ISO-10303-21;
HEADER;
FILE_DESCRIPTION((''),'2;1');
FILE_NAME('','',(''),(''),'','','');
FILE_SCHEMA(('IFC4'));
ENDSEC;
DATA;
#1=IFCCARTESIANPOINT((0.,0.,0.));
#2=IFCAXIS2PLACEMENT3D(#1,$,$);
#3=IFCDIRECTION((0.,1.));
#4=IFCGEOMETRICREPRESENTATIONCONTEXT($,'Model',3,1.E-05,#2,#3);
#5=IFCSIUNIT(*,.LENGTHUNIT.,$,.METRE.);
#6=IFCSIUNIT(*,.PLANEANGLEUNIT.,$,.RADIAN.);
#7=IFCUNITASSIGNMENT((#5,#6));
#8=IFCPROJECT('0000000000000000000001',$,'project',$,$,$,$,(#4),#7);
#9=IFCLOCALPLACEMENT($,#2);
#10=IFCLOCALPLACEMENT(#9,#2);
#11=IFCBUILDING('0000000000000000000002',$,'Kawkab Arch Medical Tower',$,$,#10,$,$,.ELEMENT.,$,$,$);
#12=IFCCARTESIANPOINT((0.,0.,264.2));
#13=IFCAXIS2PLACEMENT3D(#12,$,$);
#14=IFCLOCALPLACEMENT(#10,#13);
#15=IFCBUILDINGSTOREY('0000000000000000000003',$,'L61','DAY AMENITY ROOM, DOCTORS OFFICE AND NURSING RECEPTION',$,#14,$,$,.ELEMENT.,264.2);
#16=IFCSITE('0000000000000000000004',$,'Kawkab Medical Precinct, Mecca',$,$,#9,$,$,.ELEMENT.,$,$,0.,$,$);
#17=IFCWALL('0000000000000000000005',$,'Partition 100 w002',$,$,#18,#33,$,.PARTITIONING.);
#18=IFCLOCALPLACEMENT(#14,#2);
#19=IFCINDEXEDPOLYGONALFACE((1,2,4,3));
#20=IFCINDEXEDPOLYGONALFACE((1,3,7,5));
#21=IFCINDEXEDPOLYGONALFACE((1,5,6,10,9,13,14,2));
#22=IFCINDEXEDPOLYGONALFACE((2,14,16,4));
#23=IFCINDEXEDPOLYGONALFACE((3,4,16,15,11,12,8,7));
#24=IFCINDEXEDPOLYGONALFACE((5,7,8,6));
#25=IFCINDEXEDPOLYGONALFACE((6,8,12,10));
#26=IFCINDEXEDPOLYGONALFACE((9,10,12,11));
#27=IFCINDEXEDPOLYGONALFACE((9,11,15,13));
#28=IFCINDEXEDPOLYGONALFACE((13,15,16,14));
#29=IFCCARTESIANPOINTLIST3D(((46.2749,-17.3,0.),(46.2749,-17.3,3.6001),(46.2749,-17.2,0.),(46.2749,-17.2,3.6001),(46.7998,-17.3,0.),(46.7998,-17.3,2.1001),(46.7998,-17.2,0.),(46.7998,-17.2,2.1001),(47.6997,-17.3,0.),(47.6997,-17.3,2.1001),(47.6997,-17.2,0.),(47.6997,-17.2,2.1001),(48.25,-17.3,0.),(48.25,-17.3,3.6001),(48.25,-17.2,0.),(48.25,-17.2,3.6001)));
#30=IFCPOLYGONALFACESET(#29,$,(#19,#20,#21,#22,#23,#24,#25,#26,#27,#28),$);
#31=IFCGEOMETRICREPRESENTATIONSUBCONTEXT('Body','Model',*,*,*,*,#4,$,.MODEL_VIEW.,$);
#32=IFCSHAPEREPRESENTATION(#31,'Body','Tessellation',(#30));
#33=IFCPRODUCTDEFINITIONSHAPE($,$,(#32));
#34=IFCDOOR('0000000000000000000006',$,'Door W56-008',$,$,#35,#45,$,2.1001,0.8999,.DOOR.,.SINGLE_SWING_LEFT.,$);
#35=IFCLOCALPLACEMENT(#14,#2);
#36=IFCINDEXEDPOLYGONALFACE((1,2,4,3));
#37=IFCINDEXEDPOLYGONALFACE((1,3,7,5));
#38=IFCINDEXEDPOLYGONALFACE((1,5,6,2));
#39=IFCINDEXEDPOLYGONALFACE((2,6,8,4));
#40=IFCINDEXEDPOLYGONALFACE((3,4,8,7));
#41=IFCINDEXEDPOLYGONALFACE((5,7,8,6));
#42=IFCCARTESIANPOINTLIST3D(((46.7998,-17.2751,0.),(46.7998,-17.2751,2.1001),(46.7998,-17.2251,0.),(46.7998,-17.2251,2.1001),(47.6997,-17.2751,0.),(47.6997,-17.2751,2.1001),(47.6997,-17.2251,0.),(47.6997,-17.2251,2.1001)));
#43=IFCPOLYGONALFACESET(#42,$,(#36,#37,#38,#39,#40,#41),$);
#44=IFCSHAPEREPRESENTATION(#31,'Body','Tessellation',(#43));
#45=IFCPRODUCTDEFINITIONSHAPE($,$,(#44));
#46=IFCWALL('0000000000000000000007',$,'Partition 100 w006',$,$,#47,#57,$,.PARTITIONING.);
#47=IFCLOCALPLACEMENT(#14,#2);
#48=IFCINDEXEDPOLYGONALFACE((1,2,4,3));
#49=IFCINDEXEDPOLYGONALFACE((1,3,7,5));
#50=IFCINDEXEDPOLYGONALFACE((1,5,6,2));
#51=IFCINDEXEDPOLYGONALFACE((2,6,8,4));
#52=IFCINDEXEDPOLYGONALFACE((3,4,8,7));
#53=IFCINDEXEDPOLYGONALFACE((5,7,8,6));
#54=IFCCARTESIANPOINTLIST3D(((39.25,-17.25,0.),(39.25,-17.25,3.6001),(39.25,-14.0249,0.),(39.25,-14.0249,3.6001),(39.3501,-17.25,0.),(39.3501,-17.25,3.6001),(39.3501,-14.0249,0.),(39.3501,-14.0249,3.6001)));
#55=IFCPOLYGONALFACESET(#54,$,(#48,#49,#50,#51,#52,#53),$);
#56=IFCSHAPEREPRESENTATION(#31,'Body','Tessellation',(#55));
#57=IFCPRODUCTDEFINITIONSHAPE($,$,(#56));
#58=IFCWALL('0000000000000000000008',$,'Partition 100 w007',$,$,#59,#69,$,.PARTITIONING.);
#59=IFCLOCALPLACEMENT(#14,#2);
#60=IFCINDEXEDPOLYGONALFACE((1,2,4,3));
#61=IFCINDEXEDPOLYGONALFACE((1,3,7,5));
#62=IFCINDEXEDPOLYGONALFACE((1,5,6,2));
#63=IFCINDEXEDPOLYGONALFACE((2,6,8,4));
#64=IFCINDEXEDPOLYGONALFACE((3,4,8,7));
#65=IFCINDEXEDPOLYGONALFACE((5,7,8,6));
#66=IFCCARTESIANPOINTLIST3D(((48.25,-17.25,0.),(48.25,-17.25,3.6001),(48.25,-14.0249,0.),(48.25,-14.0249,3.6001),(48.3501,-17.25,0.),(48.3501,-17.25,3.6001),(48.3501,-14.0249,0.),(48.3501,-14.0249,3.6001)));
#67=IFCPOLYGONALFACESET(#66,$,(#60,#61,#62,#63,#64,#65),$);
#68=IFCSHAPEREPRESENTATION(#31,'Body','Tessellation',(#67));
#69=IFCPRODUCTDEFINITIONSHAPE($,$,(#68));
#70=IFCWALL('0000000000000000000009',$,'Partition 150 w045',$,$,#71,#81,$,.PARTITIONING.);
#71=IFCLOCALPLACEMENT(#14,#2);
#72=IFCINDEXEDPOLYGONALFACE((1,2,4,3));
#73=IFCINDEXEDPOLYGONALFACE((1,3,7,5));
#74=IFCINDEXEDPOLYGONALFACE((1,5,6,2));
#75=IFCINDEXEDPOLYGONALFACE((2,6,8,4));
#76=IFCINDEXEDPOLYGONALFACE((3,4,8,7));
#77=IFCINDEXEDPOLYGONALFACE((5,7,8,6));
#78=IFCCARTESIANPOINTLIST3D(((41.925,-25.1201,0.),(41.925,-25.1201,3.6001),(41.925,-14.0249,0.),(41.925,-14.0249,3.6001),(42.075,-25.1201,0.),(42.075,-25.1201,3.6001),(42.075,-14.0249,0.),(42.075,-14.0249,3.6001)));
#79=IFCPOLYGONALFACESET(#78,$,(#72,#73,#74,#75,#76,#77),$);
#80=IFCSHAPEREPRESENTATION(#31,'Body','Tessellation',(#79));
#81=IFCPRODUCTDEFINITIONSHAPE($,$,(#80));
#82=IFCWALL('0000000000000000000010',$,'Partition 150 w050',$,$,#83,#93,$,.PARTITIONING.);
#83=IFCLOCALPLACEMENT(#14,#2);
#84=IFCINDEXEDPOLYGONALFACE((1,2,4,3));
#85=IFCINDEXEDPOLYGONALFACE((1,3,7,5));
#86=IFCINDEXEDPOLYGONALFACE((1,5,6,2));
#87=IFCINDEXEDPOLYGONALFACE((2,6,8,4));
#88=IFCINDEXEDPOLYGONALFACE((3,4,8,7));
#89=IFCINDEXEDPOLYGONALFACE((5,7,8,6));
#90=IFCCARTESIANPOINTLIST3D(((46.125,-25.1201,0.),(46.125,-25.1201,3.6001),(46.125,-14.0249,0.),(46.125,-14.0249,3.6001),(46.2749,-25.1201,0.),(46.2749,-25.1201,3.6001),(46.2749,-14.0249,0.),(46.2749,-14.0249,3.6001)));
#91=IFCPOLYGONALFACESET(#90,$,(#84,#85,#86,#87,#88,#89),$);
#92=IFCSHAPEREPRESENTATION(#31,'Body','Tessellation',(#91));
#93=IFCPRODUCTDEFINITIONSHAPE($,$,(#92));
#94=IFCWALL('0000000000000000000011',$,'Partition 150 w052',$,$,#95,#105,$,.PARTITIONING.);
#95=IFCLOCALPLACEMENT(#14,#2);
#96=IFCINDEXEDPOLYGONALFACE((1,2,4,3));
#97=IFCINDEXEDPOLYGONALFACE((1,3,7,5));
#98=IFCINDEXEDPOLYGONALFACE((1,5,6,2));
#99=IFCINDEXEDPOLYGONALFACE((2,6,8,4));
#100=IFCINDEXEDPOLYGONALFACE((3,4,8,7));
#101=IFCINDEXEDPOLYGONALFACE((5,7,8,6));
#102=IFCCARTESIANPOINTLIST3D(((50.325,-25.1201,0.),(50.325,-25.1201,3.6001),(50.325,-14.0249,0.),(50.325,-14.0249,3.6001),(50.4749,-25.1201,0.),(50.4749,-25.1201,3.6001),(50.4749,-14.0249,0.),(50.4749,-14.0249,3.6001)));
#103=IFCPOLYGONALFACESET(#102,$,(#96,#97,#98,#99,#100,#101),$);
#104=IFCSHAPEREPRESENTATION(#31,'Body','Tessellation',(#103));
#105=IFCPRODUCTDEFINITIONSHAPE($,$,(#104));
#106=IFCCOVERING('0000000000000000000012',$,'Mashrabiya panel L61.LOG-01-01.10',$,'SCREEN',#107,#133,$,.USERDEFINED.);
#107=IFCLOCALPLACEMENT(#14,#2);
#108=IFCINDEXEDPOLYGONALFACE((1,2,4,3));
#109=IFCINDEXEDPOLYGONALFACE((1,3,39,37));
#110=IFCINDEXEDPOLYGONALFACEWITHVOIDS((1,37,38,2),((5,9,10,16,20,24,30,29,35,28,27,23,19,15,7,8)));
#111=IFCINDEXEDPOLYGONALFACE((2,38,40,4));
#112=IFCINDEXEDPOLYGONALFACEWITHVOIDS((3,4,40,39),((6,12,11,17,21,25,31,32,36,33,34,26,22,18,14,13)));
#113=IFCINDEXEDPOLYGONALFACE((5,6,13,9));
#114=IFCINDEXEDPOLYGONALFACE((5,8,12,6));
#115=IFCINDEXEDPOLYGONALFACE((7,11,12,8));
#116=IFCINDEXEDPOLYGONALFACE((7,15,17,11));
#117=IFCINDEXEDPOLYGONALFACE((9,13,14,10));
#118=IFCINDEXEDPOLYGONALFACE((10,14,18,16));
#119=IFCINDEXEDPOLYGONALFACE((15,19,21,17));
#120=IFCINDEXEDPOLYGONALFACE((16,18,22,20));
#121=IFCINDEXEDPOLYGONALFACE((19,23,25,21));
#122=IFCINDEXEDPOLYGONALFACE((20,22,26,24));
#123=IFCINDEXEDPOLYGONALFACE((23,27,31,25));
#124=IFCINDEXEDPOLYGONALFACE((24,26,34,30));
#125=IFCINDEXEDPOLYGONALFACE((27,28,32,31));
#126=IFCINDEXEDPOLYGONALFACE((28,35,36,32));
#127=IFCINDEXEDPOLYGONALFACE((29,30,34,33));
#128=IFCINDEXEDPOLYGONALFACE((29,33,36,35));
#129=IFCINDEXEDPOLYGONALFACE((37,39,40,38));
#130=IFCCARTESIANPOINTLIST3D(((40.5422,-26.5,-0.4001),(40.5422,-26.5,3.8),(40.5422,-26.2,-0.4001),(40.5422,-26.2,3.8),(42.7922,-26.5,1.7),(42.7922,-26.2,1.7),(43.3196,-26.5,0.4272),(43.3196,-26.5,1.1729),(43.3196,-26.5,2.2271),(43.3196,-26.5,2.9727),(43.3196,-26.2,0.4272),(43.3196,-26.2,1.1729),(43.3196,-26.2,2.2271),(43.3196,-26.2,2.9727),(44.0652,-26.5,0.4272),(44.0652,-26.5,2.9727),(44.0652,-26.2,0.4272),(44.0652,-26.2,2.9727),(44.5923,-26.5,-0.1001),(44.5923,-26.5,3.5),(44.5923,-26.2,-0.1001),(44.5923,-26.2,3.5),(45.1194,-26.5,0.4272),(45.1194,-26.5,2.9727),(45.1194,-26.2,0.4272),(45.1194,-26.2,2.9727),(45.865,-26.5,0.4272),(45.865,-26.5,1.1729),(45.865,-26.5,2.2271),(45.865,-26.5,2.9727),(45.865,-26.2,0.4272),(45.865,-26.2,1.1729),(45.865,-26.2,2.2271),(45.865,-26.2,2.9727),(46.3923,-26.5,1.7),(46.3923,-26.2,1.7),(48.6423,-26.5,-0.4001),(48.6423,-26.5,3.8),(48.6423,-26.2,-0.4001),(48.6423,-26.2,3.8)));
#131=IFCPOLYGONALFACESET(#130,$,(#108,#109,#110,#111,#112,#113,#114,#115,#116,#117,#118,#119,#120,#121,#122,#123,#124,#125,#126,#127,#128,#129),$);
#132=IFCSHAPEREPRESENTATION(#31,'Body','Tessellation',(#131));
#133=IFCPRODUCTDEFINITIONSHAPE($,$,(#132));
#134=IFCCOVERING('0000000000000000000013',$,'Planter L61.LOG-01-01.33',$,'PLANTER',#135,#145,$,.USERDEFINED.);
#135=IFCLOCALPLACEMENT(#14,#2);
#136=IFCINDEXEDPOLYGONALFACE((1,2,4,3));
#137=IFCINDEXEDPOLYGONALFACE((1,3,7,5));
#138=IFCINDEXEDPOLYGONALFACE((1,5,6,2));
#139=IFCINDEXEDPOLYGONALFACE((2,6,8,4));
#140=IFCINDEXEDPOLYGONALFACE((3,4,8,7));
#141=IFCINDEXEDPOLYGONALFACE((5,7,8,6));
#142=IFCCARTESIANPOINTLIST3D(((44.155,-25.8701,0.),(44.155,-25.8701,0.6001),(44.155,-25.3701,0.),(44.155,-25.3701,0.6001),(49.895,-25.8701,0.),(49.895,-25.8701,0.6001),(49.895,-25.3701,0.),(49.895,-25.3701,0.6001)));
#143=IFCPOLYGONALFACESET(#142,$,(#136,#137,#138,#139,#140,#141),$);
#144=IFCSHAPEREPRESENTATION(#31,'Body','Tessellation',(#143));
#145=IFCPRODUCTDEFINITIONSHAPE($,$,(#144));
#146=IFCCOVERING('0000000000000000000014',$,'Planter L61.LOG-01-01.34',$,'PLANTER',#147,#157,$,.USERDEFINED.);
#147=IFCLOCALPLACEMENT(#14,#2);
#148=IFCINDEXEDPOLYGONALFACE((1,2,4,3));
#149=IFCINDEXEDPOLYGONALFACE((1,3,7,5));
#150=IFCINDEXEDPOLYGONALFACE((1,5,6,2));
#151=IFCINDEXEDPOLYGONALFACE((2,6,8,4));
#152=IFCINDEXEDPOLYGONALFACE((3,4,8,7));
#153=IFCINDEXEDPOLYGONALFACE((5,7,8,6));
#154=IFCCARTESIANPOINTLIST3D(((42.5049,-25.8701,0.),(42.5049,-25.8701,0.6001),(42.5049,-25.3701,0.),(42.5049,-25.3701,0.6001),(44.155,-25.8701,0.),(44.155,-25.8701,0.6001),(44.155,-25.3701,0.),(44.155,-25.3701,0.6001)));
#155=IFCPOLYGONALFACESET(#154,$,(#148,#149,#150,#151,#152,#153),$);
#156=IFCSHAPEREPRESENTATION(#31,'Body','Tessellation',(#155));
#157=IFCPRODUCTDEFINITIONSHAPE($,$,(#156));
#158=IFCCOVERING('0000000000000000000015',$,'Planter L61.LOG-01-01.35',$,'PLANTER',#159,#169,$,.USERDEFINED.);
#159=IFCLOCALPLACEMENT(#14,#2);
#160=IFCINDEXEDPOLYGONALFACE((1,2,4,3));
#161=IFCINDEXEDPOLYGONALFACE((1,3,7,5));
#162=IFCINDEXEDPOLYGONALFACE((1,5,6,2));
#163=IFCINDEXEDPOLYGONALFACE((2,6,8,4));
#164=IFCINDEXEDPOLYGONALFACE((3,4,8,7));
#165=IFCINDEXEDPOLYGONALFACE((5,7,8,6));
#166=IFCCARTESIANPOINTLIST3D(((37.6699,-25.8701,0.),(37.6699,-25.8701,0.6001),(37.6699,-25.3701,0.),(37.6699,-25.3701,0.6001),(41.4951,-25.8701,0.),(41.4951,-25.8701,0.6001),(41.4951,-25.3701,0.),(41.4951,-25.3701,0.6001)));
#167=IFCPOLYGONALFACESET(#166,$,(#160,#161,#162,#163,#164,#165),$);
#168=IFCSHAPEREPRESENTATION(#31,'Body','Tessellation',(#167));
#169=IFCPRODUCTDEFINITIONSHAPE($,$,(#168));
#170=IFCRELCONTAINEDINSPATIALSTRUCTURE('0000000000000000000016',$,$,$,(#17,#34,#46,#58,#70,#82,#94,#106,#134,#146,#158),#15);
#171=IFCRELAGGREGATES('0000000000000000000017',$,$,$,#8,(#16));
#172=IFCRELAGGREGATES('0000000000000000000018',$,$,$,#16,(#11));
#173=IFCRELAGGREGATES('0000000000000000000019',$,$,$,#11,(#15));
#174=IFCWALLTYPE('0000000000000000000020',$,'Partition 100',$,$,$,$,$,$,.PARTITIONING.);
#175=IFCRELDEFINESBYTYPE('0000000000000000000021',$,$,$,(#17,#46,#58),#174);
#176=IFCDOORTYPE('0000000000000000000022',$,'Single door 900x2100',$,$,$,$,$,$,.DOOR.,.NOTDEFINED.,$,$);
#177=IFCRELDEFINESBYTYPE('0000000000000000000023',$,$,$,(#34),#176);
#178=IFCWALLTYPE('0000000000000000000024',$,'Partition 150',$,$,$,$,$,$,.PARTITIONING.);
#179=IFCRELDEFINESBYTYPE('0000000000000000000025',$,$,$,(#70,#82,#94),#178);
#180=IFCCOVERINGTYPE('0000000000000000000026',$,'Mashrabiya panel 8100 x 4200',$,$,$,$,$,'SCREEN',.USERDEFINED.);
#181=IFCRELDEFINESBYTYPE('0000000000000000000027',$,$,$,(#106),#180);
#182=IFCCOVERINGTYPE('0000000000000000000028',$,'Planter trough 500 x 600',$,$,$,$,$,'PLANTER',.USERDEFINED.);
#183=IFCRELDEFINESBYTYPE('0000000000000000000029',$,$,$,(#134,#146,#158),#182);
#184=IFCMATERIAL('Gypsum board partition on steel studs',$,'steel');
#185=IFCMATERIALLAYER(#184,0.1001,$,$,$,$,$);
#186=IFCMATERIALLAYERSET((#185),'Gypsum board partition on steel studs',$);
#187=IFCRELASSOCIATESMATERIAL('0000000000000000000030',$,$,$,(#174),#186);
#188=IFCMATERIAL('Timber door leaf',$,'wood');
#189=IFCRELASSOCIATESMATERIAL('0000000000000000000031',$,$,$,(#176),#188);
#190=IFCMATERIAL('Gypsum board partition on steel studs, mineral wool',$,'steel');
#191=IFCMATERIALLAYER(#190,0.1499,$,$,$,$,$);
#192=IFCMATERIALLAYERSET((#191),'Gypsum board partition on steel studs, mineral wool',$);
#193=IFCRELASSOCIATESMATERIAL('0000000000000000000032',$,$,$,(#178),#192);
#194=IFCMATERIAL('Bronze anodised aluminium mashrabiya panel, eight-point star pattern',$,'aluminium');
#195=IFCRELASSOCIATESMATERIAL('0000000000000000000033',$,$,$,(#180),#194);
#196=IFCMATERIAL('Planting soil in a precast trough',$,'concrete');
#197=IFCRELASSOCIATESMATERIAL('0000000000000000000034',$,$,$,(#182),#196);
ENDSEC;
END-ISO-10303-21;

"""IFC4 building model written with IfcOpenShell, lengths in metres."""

from ifc_helpers import new_model, si_unit, direction, frame, frame_2d, origin, origin_2d, place, context, subcontext, project, spatial, polyline, rectangle, outline, extrude, material, layer, layer_set, material_profile, profile_set, type_object, element, fill, save


model = new_model("IFC4")

# Units and contexts
model_context = context("Model", 3, precision=1e-05, world=origin(), true_north=direction((0.0, 1.0)))
body_context = subcontext(model_context, "Body", "Model", "MODEL_VIEW")
ifc_project = project(units=[si_unit("LENGTHUNIT", "METRE"), si_unit("PLANEANGLEUNIT", "RADIAN")], contexts=[model_context])

# Site, building, storey
site_placement = place(None, origin())
site = spatial("IfcSite", under=ifc_project, at=site_placement, Name="Kawkab Medical Precinct, Mecca", CompositionType="ELEMENT", RefElevation=0.0)
building_placement = place(site_placement, origin())
building = spatial("IfcBuilding", under=site, at=building_placement, Name="Kawkab Arch Medical Tower", CompositionType="ELEMENT")
storey_placement = place(building_placement, frame((0.0, 0.0, 264.2)))
storey = spatial("IfcBuildingStorey", under=building, at=storey_placement, Name="L61", Description="DAY AMENITY ROOM, DOCTORS OFFICE AND NURSING RECEPTION", CompositionType="ELEMENT", Elevation=264.2)

# Wall, opening, door
ifc_material_1 = material(Name="Gypsum board partition on steel studs", Category="steel")
ifc_layer_1 = layer(ifc_material_1, 0.1001)
ifc_layer_set_1 = layer_set([ifc_layer_1], Name="Gypsum board partition on steel studs")
wall_type_1 = type_object("IfcWallType", Name="Partition 100", PredefinedType="PARTITIONING", material=ifc_layer_set_1)
wall_placement = place(storey_placement, frame((46.2749, -17.25, 0.0), z_axis=(0.0, 0.0, 1.0), x_axis=(1.0, 0.0, 0.0)))
wall = element("IfcWall", 1, at=wall_placement, inside=storey, type_object=wall_type_1, Name="Partition 100 w002", PredefinedType="PARTITIONING", context=body_context, shape_type="SweptSolid", body=[
    extrude(rectangle(XDim=1.9751, YDim=0.1001, at=frame_2d((0.9875, 0.0))), origin(), (0.0, 0.0, 1.0), 3.6001),
])
opening_placement = place(wall_placement, frame((0.5249, 0.0, 0.0)))
opening = element("IfcOpeningElement", 2, at=opening_placement, cuts=wall, PredefinedType="OPENING", context=body_context, shape_type="SweptSolid", body=[
    extrude(rectangle(XDim=0.8999, YDim=2.1001, at=frame_2d((0.45, 1.05))), frame((0.0, 0.0601, 0.0), z_axis=(0.0, -1.0, 0.0), x_axis=(1.0, 0.0, 0.0)), (0.0, 0.0, 1.0), 0.1201),
])
ifc_material_2 = material(Name="Timber door leaf", Category="wood")
door_type = type_object("IfcDoorType", Name="Single door 900x2100", OperationType="NOTDEFINED", PredefinedType="DOOR", material=ifc_material_2)
door_placement = place(opening_placement, origin())
door = element("IfcDoor", 3, at=door_placement, inside=storey, type_object=door_type, Name="Door W56-008", OperationType="SINGLE_SWING_LEFT", OverallHeight=2.1001, OverallWidth=0.8999, PredefinedType="DOOR", context=body_context, shape_type="SweptSolid", body=[
    extrude(rectangle(XDim=0.8999, YDim=2.1001, at=frame_2d((0.45, 1.05))), frame((0.0, 0.0249, 0.0), z_axis=(0.0, -1.0, 0.0), x_axis=(1.0, 0.0, 0.0)), (0.0, 0.0, 1.0), 0.05),
])
fill(opening, door)

# Walls
for number, where, z_axis, x_axis, name in (
    (4, (39.3, -17.25, 0.0), (0.0, 0.0, 1.0), (0.0, 1.0, 0.0), "Partition 100 w006"),
    (5, (48.3, -17.25, 0.0), (0.0, 0.0, 1.0), (0.0, 1.0, 0.0), "Partition 100 w007"),
):
    element("IfcWall", number, at=place(storey_placement, frame(where, z_axis=z_axis, x_axis=x_axis)), inside=storey, type_object=wall_type_1, Name=name, PredefinedType="PARTITIONING", context=body_context, shape_type="SweptSolid", body=[
        extrude(rectangle(XDim=3.2251, YDim=0.1001, at=frame_2d((1.6125, 0.0))), origin(), (0.0, 0.0, 1.0), 3.6001),
    ])
ifc_material_3 = material(Name="Gypsum board partition on steel studs, mineral wool", Category="steel")
ifc_layer_2 = layer(ifc_material_3, 0.1499)
ifc_layer_set_2 = layer_set([ifc_layer_2], Name="Gypsum board partition on steel studs, mineral wool")
wall_type_2 = type_object("IfcWallType", Name="Partition 150", PredefinedType="PARTITIONING", material=ifc_layer_set_2)
for number, where, z_axis, x_axis, name in (
    (6, (42.0, -25.1201, 0.0), (0.0, 0.0, 1.0), (0.0, 1.0, 0.0), "Partition 150 w045"),
    (7, (46.2, -25.1201, 0.0), (0.0, 0.0, 1.0), (0.0, 1.0, 0.0), "Partition 150 w050"),
    (8, (50.3999, -25.1201, 0.0), (0.0, 0.0, 1.0), (0.0, 1.0, 0.0), "Partition 150 w052"),
):
    element("IfcWall", number, at=place(storey_placement, frame(where, z_axis=z_axis, x_axis=x_axis)), inside=storey, type_object=wall_type_2, Name=name, PredefinedType="PARTITIONING", context=body_context, shape_type="SweptSolid", body=[
        extrude(rectangle(XDim=11.0952, YDim=0.1499, at=frame_2d((5.5476, 0.0))), origin(), (0.0, 0.0, 1.0), 3.6001),
    ])

# Coverings
ifc_material_4 = material(Name="Bronze anodised aluminium mashrabiya panel, eight-point star pattern", Category="aluminium")
ifc_material_profile_1 = material_profile(ifc_material_4, outline(polyline([(-4.05, -2.1001), (4.05, -2.1001), (4.05, 2.1001), (-4.05, 2.1001), (-4.05, -2.1001)]), holes=[polyline([(1.8, 0.0), (1.2727, 0.5271), (1.2727, 1.2727), (0.5271, 1.2727), (0.0, 1.8), (-0.5271, 1.2727), (-1.2727, 1.2727), (-1.2727, 0.5271), (-1.8, 0.0), (-1.2727, -0.5271), (-1.2727, -1.2727), (-0.5271, -1.2727), (0.0, -1.8), (0.5271, -1.2727), (1.2727, -1.2727), (1.2727, -0.5271), (1.8, 0.0)])]), Name="Mashrabiya panel 8100x4200")
ifc_profile_set_1 = profile_set([ifc_material_profile_1], Name="Bronze anodised aluminium mashrabiya panel, eight-point star pattern")
covering_type_1 = type_object("IfcCoveringType", Name="Mashrabiya panel 8100 x 4200", ElementType="SCREEN", PredefinedType="USERDEFINED", material=ifc_profile_set_1)
covering_1_placement = place(storey_placement, frame((44.5923, -26.2, 1.7), z_axis=(0.0, -1.0, 0.0), x_axis=(1.0, 0.0, 0.0)))
element("IfcCovering", 9, at=covering_1_placement, inside=storey, type_object=covering_type_1, Name="Mashrabiya panel L61.LOG-01-01.10", ObjectType="SCREEN", PredefinedType="USERDEFINED", context=body_context, shape_type="SweptSolid", body=[
    extrude(outline(polyline([(-4.05, -2.1001), (4.05, -2.1001), (4.05, 2.1001), (-4.05, 2.1001), (-4.05, -2.1001)]), holes=[polyline([(1.8, 0.0), (1.2727, 0.5271), (1.2727, 1.2727), (0.5271, 1.2727), (0.0, 1.8), (-0.5271, 1.2727), (-1.2727, 1.2727), (-1.2727, 0.5271), (-1.8, 0.0), (-1.2727, -0.5271), (-1.2727, -1.2727), (-0.5271, -1.2727), (0.0, -1.8), (0.5271, -1.2727), (1.2727, -1.2727), (1.2727, -0.5271), (1.8, 0.0)])]), origin(), (0.0, 0.0, 1.0), 0.3),
])
ifc_material_5 = material(Name="Planting soil in a precast trough", Category="concrete")
ifc_material_profile_2 = material_profile(ifc_material_5, rectangle(XDim=0.5, YDim=0.6001, at=origin_2d()), Name="Trough 500x600")
ifc_profile_set_2 = profile_set([ifc_material_profile_2], Name="Planting soil in a precast trough")
covering_type_2 = type_object("IfcCoveringType", Name="Planter trough 500 x 600", ElementType="PLANTER", PredefinedType="USERDEFINED", material=ifc_profile_set_2)
covering_2_placement = place(storey_placement, frame((49.895, -25.6201, 0.3), z_axis=(-1.0, 0.0, 0.0), x_axis=(0.0, -1.0, 0.0)))
element("IfcCovering", 10, at=covering_2_placement, inside=storey, type_object=covering_type_2, Name="Planter L61.LOG-01-01.33", ObjectType="PLANTER", PredefinedType="USERDEFINED", context=body_context, shape_type="SweptSolid", body=[
    extrude(rectangle(XDim=0.5, YDim=0.6001, at=origin_2d()), origin(), (0.0, 0.0, 1.0), 5.74),
])
covering_3_placement = place(storey_placement, frame((44.155, -25.6201, 0.3), z_axis=(-1.0, 0.0, 0.0), x_axis=(0.0, -1.0, 0.0)))
element("IfcCovering", 11, at=covering_3_placement, inside=storey, type_object=covering_type_2, Name="Planter L61.LOG-01-01.34", ObjectType="PLANTER", PredefinedType="USERDEFINED", context=body_context, shape_type="SweptSolid", body=[
    extrude(rectangle(XDim=0.5, YDim=0.6001, at=origin_2d()), origin(), (0.0, 0.0, 1.0), 1.6501),
])
covering_4_placement = place(storey_placement, frame((41.4951, -25.6201, 0.3), z_axis=(-1.0, 0.0, 0.0), x_axis=(0.0, -1.0, 0.0)))
element("IfcCovering", 12, at=covering_4_placement, inside=storey, type_object=covering_type_2, Name="Planter L61.LOG-01-01.35", ObjectType="PLANTER", PredefinedType="USERDEFINED", context=body_context, shape_type="SweptSolid", body=[
    extrude(rectangle(XDim=0.5, YDim=0.6001, at=origin_2d()), origin(), (0.0, 0.0, 1.0), 3.8252),
])

save(model, "model.ifc")
